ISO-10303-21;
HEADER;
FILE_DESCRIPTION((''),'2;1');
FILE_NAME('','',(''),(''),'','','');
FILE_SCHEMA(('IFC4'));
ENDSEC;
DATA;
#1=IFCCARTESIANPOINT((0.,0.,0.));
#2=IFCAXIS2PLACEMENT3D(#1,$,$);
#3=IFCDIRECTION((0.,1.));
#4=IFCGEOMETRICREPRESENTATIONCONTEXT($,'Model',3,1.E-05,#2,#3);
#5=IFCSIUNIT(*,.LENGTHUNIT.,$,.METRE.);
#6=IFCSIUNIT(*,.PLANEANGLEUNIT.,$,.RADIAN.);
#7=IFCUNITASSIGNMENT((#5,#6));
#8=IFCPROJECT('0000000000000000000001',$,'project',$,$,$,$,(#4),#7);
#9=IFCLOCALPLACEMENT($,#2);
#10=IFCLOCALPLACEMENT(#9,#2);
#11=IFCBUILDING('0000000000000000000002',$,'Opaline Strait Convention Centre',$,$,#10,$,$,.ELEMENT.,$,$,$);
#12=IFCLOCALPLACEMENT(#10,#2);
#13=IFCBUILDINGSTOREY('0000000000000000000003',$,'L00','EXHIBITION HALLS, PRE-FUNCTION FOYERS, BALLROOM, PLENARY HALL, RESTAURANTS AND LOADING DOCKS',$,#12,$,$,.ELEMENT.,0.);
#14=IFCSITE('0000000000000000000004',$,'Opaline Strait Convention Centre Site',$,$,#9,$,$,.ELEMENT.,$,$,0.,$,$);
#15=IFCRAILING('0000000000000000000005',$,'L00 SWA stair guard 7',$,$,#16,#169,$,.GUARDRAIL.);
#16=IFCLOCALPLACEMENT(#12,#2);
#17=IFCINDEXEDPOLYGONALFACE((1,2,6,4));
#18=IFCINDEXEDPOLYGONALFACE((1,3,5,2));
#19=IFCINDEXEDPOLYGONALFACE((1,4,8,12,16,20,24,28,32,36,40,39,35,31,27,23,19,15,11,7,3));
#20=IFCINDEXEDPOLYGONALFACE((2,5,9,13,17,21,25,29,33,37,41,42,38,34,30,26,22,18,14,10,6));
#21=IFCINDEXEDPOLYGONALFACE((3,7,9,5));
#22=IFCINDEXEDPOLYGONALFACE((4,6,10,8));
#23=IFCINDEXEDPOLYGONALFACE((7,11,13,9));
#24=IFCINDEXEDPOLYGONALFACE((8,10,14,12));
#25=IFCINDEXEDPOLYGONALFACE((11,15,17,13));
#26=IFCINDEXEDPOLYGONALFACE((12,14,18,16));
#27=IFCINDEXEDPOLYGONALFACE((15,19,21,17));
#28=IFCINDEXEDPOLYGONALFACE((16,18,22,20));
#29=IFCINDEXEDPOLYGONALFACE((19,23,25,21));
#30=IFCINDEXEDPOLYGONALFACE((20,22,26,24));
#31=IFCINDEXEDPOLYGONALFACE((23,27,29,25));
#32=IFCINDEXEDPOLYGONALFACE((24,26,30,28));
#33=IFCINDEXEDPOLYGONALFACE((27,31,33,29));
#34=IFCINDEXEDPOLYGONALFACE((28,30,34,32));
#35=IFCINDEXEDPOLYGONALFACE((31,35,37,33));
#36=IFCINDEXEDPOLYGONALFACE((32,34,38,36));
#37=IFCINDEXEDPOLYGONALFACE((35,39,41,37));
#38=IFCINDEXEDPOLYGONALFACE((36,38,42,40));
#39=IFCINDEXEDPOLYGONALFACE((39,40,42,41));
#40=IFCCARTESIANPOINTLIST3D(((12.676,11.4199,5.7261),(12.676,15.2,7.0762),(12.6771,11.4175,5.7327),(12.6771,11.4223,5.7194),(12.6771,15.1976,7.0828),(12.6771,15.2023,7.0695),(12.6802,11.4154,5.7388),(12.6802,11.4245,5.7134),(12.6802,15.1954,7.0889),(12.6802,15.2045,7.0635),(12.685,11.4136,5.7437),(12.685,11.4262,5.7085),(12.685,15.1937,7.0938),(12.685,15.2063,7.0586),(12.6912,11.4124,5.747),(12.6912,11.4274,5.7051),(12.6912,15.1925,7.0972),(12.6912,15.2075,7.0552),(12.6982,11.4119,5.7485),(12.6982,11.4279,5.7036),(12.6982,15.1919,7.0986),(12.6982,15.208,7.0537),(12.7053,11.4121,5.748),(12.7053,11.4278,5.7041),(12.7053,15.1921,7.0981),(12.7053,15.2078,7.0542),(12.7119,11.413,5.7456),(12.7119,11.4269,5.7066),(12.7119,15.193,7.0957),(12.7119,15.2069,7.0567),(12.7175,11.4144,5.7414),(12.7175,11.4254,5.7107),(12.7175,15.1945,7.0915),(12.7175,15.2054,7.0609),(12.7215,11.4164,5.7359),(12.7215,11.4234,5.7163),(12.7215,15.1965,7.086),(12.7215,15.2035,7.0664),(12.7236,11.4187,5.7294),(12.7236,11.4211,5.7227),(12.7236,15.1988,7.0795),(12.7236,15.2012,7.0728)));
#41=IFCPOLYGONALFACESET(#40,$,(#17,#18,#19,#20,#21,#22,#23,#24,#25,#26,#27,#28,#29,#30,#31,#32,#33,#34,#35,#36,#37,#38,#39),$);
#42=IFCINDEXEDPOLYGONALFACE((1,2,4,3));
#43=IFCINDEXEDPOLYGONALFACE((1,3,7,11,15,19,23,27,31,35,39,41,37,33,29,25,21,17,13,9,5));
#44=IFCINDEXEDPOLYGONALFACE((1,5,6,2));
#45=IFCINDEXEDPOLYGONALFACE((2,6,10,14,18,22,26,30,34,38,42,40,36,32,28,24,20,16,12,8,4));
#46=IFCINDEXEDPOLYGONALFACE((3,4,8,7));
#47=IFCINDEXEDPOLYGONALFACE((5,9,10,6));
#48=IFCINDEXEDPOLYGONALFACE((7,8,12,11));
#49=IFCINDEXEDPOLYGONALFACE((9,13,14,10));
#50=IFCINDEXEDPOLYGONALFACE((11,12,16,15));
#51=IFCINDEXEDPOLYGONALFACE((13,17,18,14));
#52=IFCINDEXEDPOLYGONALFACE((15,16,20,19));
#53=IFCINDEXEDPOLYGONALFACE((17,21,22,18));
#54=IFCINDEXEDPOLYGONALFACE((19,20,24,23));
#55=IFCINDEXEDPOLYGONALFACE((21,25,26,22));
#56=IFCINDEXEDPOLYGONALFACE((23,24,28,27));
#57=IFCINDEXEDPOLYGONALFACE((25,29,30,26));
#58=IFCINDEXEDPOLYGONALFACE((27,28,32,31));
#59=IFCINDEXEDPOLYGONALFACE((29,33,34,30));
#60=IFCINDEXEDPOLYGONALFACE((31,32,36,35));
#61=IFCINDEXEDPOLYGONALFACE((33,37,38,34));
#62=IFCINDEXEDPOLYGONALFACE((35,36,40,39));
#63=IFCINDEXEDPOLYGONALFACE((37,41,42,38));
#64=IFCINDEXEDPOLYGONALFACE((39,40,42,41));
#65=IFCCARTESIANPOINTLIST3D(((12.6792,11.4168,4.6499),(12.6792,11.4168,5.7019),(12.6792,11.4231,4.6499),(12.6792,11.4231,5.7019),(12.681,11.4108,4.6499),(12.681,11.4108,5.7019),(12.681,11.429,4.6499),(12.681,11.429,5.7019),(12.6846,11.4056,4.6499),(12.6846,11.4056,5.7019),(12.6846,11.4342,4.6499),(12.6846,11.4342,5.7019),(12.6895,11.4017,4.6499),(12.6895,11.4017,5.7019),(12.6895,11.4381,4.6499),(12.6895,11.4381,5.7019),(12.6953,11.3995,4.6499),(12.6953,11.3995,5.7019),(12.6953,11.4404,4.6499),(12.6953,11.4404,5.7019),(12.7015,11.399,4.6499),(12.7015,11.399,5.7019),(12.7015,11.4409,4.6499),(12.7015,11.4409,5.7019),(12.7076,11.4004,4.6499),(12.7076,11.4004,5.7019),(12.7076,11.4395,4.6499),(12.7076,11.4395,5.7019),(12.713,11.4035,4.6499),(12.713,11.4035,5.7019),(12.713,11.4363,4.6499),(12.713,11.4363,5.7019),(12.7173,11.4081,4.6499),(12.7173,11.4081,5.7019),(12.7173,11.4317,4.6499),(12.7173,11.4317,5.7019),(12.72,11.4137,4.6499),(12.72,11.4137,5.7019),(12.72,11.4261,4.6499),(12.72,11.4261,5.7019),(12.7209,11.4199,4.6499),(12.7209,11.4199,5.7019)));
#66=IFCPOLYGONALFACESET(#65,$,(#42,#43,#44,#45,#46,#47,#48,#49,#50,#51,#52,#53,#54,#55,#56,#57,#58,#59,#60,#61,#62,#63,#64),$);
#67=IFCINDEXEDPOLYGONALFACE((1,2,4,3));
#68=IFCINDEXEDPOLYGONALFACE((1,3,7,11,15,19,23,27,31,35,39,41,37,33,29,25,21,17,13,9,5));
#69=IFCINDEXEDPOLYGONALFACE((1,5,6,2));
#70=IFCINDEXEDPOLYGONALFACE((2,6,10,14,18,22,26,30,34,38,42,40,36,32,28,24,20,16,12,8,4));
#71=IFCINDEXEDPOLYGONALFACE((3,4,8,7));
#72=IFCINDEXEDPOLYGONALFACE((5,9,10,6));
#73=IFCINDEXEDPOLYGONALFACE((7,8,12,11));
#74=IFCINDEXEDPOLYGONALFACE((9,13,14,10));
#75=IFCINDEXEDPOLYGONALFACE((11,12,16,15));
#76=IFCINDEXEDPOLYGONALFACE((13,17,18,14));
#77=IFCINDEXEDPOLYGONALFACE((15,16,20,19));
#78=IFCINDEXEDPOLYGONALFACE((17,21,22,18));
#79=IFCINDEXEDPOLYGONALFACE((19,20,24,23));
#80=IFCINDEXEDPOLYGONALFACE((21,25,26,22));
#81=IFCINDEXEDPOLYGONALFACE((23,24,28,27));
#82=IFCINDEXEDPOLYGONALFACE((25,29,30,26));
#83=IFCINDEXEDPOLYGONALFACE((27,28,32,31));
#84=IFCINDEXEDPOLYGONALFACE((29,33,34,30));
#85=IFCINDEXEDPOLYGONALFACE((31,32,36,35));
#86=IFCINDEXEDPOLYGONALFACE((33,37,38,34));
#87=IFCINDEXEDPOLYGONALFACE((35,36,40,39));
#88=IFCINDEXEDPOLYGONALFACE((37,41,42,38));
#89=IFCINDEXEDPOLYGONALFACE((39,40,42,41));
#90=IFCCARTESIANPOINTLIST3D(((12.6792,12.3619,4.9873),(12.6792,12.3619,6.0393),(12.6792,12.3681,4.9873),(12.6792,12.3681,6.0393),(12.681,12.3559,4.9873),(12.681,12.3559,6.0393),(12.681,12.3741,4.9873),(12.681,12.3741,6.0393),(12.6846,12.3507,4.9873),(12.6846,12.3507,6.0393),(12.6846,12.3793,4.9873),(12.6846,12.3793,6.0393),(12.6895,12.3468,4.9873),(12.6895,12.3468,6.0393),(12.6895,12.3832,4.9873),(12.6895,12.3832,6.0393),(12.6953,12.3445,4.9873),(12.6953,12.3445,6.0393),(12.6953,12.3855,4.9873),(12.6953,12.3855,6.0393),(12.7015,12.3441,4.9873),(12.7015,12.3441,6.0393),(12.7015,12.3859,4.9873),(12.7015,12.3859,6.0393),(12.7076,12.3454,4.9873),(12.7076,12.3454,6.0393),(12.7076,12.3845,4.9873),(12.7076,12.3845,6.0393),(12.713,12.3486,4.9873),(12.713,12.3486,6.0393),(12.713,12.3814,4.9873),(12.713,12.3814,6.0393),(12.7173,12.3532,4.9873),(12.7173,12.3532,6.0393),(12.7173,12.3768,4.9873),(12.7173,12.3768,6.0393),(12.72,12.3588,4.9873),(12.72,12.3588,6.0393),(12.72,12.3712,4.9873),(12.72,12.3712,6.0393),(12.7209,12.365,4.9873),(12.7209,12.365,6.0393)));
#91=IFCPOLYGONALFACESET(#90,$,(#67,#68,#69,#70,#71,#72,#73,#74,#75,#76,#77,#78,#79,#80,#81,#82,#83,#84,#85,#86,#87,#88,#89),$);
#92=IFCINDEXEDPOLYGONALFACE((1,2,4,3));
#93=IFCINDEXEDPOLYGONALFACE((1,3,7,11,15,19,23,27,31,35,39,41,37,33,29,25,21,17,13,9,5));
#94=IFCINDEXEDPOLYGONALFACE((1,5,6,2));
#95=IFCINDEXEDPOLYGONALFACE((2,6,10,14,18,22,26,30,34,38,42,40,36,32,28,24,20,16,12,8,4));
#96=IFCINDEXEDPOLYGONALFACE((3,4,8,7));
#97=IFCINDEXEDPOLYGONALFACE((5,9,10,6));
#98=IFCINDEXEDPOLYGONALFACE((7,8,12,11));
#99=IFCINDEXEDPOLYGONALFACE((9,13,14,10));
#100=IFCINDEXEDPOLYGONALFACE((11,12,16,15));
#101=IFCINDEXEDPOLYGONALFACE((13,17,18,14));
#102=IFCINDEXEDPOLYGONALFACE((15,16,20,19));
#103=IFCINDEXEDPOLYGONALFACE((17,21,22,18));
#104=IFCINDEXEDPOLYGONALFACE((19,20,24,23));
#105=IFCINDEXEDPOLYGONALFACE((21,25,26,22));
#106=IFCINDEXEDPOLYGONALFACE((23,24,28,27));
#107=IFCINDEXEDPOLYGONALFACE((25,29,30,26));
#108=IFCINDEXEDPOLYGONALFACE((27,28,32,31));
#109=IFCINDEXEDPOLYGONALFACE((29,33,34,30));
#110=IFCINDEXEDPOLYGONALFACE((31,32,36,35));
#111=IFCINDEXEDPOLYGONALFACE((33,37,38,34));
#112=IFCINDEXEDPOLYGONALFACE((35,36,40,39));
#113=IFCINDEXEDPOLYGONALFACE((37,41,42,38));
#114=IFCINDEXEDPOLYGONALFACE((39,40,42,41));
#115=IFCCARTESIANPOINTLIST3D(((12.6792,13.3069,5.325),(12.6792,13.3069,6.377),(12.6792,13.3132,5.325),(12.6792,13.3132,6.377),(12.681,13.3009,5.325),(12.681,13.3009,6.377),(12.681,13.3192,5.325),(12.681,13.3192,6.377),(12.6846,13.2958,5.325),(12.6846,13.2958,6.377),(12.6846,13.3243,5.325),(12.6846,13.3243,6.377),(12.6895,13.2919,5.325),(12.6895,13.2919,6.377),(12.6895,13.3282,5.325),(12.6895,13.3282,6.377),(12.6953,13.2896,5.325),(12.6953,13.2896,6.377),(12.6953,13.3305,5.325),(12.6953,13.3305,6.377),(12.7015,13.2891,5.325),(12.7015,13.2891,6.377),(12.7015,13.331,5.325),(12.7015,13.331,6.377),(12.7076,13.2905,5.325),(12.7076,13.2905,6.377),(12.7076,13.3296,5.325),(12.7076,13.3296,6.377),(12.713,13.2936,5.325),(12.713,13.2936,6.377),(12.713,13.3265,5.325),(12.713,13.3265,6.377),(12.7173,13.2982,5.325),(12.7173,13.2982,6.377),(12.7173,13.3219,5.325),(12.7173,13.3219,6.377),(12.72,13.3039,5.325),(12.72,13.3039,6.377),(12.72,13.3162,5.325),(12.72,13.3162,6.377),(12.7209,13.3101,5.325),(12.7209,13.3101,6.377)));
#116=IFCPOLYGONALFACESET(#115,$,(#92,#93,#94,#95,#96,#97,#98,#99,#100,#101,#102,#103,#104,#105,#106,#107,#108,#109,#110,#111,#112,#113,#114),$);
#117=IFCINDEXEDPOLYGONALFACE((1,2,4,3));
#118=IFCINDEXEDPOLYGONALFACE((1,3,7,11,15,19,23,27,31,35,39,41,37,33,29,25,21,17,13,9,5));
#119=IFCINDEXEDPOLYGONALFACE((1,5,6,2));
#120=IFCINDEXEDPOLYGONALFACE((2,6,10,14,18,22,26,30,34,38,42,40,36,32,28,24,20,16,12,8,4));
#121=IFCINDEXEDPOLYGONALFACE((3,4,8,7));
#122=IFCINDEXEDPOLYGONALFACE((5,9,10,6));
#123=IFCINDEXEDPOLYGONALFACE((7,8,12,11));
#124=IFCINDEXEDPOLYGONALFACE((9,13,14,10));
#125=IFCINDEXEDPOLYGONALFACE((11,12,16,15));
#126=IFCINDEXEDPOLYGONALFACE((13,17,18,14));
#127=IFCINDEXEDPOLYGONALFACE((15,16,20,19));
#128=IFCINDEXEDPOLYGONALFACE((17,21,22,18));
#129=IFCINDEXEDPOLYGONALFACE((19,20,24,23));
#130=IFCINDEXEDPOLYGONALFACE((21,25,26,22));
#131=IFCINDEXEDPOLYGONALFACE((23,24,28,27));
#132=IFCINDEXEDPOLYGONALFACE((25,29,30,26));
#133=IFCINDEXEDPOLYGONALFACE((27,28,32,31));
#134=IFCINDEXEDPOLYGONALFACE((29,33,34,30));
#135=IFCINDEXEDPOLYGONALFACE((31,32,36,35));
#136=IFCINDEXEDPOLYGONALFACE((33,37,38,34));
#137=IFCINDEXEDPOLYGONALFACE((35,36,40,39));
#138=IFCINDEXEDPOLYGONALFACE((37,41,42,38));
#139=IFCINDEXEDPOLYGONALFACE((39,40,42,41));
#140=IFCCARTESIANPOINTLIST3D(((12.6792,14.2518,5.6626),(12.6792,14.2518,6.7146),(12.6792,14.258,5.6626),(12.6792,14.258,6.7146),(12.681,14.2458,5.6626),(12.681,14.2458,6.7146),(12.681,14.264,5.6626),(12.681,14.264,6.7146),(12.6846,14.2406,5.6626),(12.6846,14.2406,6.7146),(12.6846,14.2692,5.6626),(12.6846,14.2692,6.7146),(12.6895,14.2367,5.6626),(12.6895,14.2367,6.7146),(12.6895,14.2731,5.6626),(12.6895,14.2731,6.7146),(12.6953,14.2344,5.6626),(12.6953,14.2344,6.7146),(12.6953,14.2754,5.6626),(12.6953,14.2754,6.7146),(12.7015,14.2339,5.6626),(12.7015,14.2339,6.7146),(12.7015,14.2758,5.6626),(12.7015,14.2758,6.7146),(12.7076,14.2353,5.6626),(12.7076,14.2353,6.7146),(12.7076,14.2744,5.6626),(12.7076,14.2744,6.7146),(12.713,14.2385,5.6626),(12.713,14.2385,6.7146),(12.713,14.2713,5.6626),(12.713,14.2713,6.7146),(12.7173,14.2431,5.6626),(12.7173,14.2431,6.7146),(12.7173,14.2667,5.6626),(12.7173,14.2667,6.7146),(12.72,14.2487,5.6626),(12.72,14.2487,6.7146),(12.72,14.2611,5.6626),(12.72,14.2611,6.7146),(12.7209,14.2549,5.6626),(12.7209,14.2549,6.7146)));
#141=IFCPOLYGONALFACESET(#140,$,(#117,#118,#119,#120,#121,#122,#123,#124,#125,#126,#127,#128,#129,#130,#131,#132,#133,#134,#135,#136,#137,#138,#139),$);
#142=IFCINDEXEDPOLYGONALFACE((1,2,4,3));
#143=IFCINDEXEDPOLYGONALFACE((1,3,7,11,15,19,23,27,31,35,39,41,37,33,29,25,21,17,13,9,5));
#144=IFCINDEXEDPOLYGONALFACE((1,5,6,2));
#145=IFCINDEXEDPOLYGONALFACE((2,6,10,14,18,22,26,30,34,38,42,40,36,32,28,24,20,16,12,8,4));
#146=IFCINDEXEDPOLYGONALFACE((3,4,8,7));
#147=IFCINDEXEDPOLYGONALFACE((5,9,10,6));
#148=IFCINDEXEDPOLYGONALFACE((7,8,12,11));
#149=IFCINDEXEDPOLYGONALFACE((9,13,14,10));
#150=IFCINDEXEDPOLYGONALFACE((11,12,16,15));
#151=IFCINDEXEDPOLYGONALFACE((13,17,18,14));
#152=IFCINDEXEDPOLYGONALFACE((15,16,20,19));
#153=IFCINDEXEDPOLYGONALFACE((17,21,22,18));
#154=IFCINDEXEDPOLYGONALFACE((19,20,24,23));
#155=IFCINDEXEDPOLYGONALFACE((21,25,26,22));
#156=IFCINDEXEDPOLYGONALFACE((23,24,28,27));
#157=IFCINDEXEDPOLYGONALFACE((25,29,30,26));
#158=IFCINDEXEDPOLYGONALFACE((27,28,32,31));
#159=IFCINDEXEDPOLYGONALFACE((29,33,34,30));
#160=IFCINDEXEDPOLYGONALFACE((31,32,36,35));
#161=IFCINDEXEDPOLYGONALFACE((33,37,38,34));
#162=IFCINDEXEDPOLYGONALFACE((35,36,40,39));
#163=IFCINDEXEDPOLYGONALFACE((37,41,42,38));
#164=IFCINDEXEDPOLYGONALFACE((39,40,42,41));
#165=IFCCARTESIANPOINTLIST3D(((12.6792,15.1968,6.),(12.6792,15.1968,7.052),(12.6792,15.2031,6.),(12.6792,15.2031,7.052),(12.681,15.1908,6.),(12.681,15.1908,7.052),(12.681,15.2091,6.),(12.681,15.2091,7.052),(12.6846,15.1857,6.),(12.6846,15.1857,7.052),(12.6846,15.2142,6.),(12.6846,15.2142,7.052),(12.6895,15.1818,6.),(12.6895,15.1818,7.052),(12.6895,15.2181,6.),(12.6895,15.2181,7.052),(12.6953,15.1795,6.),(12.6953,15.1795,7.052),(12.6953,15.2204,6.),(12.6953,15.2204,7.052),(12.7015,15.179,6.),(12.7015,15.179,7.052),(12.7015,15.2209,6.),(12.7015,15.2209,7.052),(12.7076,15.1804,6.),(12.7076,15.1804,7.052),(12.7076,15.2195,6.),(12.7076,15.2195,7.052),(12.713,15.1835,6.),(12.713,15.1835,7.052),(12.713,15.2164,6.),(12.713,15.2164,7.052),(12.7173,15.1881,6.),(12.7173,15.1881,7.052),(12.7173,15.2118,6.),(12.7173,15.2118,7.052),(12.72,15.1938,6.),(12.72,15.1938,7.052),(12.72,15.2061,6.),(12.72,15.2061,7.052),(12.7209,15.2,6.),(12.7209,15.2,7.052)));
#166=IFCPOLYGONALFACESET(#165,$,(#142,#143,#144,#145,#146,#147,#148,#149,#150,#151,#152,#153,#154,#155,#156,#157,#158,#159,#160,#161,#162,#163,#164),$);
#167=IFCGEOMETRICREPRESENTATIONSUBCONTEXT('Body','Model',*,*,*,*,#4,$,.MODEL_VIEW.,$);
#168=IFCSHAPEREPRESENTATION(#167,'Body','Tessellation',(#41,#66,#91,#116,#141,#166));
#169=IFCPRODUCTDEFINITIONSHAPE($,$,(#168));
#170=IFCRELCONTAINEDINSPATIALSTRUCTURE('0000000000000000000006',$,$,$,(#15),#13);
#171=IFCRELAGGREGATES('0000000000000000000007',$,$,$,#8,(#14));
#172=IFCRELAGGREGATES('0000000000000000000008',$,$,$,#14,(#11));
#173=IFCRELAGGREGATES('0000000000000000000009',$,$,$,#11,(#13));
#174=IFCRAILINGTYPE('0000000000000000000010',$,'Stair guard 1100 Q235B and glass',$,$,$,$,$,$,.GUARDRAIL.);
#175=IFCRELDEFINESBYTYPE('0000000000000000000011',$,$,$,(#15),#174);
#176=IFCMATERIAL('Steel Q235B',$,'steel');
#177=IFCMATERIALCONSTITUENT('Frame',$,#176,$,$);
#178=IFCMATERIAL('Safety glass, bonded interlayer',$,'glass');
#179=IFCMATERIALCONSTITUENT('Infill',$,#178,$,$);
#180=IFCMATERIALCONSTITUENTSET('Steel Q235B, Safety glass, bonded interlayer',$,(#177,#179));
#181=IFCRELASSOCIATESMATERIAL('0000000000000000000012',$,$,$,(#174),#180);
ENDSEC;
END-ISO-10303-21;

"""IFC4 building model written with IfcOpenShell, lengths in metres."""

from ifc_helpers import new_model, si_unit, direction, frame, origin, origin_2d, place, context, subcontext, project, spatial, circle, extrude, material, constituent, constituent_set, type_object, element, save


model = new_model("IFC4")

# Units and contexts
model_context = context("Model", 3, precision=1e-05, world=origin(), true_north=direction((0.0, 1.0)))
body_context = subcontext(model_context, "Body", "Model", "MODEL_VIEW")
ifc_project = project(units=[si_unit("LENGTHUNIT", "METRE"), si_unit("PLANEANGLEUNIT", "RADIAN")], contexts=[model_context])

# Site, building, storey
site_placement = place(None, origin())
site = spatial("IfcSite", under=ifc_project, at=site_placement, Name="Opaline Strait Convention Centre Site", CompositionType="ELEMENT", RefElevation=0.0)
building_placement = place(site_placement, origin())
building = spatial("IfcBuilding", under=site, at=building_placement, Name="Opaline Strait Convention Centre", CompositionType="ELEMENT")
storey_placement = place(building_placement, origin())
storey = spatial("IfcBuildingStorey", under=building, at=storey_placement, Name="L00", Description="EXHIBITION HALLS, PRE-FUNCTION FOYERS, BALLROOM, PLENARY HALL, RESTAURANTS AND LOADING DOCKS", CompositionType="ELEMENT", Elevation=0.0)

# Railing
ifc_material_1 = material(Name="Steel Q235B", Category="steel")
ifc_constituent_1 = constituent(ifc_material_1, Name="Frame")
ifc_material_2 = material(Name="Safety glass, bonded interlayer", Category="glass")
ifc_constituent_2 = constituent(ifc_material_2, Name="Infill")
ifc_constituent_set = constituent_set(constituents=[ifc_constituent_1, ifc_constituent_2], Name="Steel Q235B, Safety glass, bonded interlayer")
railing_type_1 = type_object("IfcRailingType", Name="Stair guard 1100 Q235B and glass", PredefinedType="GUARDRAIL", material=ifc_constituent_set)
railing_1_placement = place(storey_placement, frame((12.7, 11.4199, 4.6499)))
element("IfcRailing", 1, at=railing_1_placement, inside=storey, type_object=railing_type_1, Name="L00 SWA stair guard 7", PredefinedType="GUARDRAIL", context=body_context, shape_type="SweptSolid", body=[
    extrude(circle(Radius=0.0239, at=origin_2d()), frame((0.0, 0.0, 1.0762), z_axis=(0.0, 0.941735, 0.336356), x_axis=(-1.0, 0.0, 0.0)), (0.0, 0.0, 1.0), 4.0139),
    extrude(circle(Radius=0.021, at=origin_2d()), origin(), (0.0, 0.0, 1.0), 1.052),
    extrude(circle(Radius=0.021, at=origin_2d()), frame((0.0, 0.9451, 0.3374)), (0.0, 0.0, 1.0), 1.052),
    extrude(circle(Radius=0.021, at=origin_2d()), frame((0.0, 1.8901, 0.675)), (0.0, 0.0, 1.0), 1.052),
    extrude(circle(Radius=0.021, at=origin_2d()), frame((0.0, 2.835, 1.0127)), (0.0, 0.0, 1.0), 1.052),
    extrude(circle(Radius=0.021, at=origin_2d()), frame((0.0, 3.78, 1.3501)), (0.0, 0.0, 1.0), 1.052),
])

save(model, "model.ifc")
